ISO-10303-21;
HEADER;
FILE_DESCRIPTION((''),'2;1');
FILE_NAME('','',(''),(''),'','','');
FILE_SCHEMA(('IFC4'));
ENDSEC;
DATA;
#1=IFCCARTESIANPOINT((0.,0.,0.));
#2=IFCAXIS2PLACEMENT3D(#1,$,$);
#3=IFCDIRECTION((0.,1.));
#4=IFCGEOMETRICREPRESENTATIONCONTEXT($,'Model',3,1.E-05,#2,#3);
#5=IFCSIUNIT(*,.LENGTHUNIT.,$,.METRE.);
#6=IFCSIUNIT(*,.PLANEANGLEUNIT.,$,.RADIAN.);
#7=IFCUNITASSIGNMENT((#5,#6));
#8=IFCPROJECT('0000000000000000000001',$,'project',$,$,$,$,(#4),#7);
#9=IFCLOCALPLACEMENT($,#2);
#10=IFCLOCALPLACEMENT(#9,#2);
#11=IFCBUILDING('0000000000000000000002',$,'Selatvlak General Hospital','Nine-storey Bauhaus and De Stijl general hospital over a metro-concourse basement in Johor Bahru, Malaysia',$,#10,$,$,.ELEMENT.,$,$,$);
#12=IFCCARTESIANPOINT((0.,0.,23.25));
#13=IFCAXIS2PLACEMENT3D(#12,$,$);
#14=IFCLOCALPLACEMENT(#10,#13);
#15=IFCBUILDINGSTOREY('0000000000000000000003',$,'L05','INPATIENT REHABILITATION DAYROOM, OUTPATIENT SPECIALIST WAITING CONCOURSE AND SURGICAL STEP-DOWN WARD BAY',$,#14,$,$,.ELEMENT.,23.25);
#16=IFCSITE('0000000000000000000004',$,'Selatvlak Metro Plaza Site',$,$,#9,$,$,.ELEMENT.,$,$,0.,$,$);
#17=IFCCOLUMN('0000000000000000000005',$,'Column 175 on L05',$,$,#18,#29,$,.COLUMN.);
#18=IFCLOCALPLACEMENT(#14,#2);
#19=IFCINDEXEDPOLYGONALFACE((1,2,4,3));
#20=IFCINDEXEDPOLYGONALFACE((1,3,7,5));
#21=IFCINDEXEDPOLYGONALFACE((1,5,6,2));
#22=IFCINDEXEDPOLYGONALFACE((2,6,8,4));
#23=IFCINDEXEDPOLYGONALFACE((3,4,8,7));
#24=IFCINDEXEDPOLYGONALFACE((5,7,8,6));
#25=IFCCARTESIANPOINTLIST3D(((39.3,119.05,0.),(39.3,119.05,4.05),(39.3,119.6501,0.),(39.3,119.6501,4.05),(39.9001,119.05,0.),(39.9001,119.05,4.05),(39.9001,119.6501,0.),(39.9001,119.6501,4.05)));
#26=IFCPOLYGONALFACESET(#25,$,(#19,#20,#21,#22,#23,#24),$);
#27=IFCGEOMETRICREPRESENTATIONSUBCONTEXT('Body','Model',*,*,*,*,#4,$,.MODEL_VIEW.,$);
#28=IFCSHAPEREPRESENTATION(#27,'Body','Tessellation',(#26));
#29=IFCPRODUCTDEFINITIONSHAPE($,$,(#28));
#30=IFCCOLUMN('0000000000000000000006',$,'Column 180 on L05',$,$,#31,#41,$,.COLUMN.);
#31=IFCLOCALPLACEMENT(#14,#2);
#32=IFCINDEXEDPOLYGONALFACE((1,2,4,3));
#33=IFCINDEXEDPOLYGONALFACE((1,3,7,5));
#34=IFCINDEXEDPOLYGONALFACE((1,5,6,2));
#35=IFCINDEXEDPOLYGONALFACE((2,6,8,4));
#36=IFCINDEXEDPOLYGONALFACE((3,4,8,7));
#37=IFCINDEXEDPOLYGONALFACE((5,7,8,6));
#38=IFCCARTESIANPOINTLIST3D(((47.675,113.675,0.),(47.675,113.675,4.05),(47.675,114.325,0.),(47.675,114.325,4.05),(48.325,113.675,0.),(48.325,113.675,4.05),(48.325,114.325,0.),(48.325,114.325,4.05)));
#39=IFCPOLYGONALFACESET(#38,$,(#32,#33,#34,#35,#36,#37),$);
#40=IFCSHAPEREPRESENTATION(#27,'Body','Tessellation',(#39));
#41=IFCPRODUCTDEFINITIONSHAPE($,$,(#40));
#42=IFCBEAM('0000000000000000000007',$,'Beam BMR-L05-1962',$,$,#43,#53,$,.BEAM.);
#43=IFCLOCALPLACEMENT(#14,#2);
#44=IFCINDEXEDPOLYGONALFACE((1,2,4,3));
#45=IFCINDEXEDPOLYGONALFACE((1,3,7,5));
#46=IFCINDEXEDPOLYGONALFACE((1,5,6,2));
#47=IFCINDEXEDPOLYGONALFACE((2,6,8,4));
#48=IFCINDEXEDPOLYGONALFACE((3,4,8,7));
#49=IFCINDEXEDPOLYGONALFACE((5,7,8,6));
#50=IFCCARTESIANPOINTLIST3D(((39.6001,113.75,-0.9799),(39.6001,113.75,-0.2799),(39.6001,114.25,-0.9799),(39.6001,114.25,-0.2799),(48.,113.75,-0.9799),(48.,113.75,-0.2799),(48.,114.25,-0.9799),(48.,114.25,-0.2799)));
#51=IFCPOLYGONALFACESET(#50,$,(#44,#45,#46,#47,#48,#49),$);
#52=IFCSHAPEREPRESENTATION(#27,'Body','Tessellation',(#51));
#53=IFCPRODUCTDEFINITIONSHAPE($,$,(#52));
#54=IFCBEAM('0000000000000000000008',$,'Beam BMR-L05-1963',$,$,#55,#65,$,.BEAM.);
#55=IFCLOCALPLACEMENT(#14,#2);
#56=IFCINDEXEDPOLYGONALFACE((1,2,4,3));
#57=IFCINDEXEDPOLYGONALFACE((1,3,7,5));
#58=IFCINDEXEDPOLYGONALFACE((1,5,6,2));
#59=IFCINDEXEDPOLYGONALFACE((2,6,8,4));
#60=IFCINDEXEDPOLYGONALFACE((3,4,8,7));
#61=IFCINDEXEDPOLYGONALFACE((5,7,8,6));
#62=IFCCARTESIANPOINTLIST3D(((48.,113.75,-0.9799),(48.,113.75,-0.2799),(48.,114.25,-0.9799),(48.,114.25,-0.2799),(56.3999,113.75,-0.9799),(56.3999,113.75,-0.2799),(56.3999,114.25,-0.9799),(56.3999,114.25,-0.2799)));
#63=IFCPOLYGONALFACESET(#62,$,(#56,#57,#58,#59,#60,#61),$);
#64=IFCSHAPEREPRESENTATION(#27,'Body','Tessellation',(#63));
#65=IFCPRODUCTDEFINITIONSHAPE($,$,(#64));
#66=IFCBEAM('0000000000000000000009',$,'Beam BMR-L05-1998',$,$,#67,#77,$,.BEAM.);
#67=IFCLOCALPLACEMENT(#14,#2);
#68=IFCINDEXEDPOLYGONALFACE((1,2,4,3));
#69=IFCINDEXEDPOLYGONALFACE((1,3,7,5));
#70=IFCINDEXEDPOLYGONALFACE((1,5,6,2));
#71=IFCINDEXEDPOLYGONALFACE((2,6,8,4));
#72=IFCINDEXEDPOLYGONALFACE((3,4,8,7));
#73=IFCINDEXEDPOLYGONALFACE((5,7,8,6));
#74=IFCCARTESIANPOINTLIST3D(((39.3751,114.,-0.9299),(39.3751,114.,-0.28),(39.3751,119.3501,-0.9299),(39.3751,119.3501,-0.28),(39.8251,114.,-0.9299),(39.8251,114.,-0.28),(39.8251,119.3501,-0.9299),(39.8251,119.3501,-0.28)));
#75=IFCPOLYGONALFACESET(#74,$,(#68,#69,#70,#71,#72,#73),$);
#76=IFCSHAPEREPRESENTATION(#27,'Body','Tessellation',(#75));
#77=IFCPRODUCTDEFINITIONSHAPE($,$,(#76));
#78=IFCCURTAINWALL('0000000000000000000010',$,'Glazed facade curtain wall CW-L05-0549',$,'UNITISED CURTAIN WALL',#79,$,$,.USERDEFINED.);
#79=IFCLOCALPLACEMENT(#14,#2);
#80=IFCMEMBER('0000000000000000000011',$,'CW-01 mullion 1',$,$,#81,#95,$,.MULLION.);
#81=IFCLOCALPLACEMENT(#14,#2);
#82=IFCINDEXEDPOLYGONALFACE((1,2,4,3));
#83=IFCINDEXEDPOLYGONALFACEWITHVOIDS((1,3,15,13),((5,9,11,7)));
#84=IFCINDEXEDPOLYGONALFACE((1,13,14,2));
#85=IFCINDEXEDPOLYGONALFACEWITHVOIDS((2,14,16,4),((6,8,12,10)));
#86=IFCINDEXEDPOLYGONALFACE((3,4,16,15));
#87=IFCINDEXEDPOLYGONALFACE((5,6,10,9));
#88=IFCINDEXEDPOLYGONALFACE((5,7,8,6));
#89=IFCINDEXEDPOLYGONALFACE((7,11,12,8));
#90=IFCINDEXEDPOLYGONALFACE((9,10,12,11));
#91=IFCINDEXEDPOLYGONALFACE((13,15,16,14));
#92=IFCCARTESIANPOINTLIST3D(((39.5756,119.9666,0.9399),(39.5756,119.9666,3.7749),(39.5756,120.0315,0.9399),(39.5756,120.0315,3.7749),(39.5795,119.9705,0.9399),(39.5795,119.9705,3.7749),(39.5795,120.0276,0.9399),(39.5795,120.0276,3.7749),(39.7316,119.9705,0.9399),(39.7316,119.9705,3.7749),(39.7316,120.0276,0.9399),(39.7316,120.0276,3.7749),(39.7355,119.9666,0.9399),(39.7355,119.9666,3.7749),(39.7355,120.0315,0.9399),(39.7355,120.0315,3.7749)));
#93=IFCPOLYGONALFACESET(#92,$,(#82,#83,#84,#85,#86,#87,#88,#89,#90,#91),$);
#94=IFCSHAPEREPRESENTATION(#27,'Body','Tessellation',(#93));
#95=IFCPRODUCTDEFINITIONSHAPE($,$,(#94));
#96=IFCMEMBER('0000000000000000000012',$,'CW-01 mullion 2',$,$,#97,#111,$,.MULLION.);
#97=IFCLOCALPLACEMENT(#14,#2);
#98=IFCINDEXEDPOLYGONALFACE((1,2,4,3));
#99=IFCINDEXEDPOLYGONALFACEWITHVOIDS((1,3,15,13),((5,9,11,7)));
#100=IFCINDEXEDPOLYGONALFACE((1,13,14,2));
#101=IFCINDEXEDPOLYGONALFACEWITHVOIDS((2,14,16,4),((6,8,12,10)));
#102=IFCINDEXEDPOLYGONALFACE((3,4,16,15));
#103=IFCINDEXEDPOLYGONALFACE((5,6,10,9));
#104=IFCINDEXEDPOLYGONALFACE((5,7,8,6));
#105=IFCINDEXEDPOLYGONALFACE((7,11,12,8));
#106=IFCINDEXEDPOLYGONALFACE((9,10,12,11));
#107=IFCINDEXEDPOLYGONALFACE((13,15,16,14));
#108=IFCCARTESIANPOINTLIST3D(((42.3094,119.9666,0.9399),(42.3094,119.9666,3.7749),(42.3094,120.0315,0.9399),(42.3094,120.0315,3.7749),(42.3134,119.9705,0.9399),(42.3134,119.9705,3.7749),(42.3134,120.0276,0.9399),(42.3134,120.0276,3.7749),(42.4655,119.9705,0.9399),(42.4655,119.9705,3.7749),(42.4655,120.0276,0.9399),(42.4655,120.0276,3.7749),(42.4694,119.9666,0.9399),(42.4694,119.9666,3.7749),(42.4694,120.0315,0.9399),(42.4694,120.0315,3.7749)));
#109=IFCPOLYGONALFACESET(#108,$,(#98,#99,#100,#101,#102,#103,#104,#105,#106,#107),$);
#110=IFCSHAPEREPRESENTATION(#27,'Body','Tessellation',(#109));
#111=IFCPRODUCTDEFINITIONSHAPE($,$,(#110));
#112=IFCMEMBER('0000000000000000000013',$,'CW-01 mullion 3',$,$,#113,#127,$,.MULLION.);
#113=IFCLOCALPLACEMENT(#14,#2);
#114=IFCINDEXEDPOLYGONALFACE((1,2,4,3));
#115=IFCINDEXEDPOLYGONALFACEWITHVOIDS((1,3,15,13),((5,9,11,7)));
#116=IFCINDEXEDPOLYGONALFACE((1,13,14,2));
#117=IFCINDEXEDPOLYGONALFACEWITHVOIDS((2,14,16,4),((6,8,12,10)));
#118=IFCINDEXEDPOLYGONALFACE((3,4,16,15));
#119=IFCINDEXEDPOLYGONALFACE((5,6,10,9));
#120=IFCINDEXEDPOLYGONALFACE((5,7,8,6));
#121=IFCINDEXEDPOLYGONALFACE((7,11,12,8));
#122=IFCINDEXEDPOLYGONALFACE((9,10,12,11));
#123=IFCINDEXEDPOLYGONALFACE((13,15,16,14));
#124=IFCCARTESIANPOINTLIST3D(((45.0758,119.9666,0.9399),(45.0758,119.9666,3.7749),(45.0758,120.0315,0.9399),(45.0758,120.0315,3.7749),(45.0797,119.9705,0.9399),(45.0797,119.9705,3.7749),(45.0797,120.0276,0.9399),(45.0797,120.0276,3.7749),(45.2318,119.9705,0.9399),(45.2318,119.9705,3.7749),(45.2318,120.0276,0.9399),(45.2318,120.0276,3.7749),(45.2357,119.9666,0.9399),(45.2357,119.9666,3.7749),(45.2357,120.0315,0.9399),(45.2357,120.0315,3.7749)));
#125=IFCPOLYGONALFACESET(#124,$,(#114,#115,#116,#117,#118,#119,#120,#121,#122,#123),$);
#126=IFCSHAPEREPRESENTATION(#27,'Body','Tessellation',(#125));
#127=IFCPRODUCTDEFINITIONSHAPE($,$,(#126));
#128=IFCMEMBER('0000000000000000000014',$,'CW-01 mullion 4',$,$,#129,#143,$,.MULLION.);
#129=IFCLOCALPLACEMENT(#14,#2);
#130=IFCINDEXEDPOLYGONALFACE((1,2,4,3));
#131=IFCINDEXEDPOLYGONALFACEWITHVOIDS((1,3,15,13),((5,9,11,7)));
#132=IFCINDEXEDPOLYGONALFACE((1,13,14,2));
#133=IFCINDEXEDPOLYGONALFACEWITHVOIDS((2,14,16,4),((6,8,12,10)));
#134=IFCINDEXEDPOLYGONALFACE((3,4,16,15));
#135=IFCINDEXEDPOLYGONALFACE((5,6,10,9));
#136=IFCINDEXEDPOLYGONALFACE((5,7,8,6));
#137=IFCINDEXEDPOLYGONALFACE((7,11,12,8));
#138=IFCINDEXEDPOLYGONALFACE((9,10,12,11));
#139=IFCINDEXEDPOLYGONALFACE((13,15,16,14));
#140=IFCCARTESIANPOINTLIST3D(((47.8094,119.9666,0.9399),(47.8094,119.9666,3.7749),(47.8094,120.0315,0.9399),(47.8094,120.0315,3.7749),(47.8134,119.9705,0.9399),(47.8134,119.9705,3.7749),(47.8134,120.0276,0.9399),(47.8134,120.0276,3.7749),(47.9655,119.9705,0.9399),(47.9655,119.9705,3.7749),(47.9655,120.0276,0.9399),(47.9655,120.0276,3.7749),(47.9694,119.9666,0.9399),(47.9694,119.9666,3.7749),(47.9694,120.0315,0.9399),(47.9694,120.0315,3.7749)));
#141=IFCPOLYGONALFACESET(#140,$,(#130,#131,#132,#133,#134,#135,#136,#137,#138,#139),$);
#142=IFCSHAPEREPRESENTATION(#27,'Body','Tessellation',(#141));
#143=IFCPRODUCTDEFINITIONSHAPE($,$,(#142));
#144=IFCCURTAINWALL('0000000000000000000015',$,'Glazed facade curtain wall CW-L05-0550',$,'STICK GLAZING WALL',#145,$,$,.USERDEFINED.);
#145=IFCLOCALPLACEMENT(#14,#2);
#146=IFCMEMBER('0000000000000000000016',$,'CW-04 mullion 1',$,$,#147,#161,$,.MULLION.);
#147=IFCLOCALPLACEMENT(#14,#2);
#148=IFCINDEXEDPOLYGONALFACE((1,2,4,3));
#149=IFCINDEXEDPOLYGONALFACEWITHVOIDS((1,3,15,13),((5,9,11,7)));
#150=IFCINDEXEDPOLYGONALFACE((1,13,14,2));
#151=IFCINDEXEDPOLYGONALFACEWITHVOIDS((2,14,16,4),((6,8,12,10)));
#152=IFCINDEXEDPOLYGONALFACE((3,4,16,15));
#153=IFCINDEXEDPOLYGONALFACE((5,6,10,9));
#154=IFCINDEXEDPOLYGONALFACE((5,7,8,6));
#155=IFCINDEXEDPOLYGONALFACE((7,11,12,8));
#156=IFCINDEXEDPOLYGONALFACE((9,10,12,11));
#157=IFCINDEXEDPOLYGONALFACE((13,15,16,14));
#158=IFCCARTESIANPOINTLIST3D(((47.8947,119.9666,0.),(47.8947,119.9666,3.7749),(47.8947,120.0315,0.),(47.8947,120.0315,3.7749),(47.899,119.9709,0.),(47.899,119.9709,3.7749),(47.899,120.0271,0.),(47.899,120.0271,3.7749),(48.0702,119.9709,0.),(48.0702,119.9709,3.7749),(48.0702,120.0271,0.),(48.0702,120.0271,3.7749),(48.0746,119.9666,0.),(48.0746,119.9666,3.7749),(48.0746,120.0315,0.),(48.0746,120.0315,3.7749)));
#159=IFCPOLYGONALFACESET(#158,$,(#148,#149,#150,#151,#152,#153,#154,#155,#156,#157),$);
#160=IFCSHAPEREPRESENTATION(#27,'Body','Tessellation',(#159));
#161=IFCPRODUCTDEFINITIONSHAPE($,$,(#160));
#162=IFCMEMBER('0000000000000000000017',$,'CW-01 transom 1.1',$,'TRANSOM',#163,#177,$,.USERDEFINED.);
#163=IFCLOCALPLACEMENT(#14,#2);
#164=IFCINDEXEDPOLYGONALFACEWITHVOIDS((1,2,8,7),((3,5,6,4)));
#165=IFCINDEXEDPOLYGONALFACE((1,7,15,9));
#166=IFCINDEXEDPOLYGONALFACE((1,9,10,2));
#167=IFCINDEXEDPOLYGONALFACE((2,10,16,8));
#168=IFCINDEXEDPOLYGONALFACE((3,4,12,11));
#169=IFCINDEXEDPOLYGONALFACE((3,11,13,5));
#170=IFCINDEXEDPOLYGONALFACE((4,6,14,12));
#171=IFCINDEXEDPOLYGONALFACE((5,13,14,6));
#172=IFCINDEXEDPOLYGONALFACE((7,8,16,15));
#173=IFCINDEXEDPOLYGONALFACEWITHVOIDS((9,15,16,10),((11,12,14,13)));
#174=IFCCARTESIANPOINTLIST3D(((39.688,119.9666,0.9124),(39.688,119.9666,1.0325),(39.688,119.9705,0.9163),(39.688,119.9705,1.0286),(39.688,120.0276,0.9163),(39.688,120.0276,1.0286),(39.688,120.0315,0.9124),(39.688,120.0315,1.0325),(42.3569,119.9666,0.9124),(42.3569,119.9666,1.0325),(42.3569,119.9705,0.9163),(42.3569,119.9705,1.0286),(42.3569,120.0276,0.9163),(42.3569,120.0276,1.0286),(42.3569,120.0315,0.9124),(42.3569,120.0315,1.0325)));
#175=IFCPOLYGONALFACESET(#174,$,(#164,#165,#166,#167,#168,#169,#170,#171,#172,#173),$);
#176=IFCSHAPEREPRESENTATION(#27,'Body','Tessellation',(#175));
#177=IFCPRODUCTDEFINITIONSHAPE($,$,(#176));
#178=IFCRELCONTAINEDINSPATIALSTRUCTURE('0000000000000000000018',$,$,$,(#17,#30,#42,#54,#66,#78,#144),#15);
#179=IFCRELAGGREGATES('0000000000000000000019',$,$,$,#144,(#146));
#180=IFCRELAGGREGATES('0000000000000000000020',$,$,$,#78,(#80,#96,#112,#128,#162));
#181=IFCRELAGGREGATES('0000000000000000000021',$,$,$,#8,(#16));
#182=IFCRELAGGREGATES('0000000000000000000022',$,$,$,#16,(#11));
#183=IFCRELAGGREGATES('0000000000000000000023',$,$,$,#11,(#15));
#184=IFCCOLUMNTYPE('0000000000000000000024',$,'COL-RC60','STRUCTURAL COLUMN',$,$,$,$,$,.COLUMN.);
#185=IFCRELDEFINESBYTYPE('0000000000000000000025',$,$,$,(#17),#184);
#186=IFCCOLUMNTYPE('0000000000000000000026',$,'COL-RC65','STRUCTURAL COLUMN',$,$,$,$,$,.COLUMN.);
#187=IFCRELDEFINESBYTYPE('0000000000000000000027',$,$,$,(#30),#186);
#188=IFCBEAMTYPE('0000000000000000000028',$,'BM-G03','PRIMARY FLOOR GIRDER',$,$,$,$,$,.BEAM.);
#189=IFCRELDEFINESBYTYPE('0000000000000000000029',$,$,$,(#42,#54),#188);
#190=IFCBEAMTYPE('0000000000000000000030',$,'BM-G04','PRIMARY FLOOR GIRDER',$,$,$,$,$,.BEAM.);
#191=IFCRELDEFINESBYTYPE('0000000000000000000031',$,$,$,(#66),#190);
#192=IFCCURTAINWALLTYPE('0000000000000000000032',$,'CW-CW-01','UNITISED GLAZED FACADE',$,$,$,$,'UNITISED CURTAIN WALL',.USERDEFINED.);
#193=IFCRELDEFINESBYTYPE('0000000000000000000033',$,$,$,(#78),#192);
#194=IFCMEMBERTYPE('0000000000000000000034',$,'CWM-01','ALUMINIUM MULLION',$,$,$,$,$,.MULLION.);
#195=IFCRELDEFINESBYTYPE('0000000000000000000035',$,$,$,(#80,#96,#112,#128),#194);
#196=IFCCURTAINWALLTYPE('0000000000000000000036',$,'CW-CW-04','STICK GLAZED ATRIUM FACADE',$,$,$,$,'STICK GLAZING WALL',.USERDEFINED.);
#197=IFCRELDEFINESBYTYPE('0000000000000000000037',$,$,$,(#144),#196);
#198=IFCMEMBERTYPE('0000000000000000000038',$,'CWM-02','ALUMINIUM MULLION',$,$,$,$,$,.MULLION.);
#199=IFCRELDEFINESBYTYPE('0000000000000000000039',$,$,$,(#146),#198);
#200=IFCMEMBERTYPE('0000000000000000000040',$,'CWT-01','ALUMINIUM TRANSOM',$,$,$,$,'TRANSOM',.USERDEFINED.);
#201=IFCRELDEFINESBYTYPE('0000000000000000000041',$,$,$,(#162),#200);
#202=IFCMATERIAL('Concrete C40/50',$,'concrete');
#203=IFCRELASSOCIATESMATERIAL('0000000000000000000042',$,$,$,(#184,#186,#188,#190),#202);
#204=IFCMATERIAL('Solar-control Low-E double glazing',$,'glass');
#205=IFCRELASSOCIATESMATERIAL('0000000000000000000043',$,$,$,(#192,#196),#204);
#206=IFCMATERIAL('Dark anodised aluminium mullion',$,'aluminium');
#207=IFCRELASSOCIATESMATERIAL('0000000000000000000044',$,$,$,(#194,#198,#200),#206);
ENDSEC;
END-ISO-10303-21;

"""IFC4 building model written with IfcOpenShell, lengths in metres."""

from ifc_helpers import new_model, si_unit, direction, frame, origin, origin_2d, place, context, subcontext, project, spatial, rectangle, hollow_rectangle, extrude, material, material_profile, profile_set, type_object, element, aggregate, save


model = new_model("IFC4")

# Units and contexts
model_context = context("Model", 3, precision=1e-05, world=origin(), true_north=direction((0.0, 1.0)))
body_context = subcontext(model_context, "Body", "Model", "MODEL_VIEW")
ifc_project = project(units=[si_unit("LENGTHUNIT", "METRE"), si_unit("PLANEANGLEUNIT", "RADIAN")], contexts=[model_context])

# Site, building, storey
site_placement = place(None, origin())
site = spatial("IfcSite", under=ifc_project, at=site_placement, Name="Selatvlak Metro Plaza Site", CompositionType="ELEMENT", RefElevation=0.0)
building_placement = place(site_placement, origin())
building = spatial("IfcBuilding", under=site, at=building_placement, Name="Selatvlak General Hospital", Description="Nine-storey Bauhaus and De Stijl general hospital over a metro-concourse basement in Johor Bahru, Malaysia", CompositionType="ELEMENT")
storey_placement = place(building_placement, frame((0.0, 0.0, 23.25)))
storey = spatial("IfcBuildingStorey", under=building, at=storey_placement, Name="L05", Description="INPATIENT REHABILITATION DAYROOM, OUTPATIENT SPECIALIST WAITING CONCOURSE AND SURGICAL STEP-DOWN WARD BAY", CompositionType="ELEMENT", Elevation=23.25)

# Columns
ifc_material_1 = material(Name="Concrete C40/50", Category="concrete")
ifc_material_profile_1 = material_profile(ifc_material_1, rectangle(XDim=0.6001, YDim=0.6001, at=origin_2d()), Name="RC-COL 600x600")
ifc_profile_set_1 = profile_set([ifc_material_profile_1], Name="Concrete C40/50")
column_type_1 = type_object("IfcColumnType", Name="COL-RC60", Description="STRUCTURAL COLUMN", PredefinedType="COLUMN", material=ifc_profile_set_1)
column_1_placement = place(storey_placement, frame((39.6001, 119.3501, 0.0), z_axis=(0.0, 0.0, 1.0), x_axis=(1.0, 0.0, 0.0)))
element("IfcColumn", 1, at=column_1_placement, inside=storey, type_object=column_type_1, Name="Column 175 on L05", PredefinedType="COLUMN", context=body_context, shape_type="SweptSolid", body=[
    extrude(rectangle(XDim=0.6001, YDim=0.6001, at=origin_2d()), origin(), (0.0, 0.0, 1.0), 4.05),
])
ifc_material_profile_2 = material_profile(ifc_material_1, rectangle(XDim=0.6499, YDim=0.6499, at=origin_2d()), Name="RC-COL 650x650")
ifc_profile_set_2 = profile_set([ifc_material_profile_2], Name="Concrete C40/50")
column_type_2 = type_object("IfcColumnType", Name="COL-RC65", Description="STRUCTURAL COLUMN", PredefinedType="COLUMN", material=ifc_profile_set_2)
column_2_placement = place(storey_placement, frame((48.0, 114.0, 0.0), z_axis=(0.0, 0.0, 1.0), x_axis=(1.0, 0.0, 0.0)))
element("IfcColumn", 2, at=column_2_placement, inside=storey, type_object=column_type_2, Name="Column 180 on L05", PredefinedType="COLUMN", context=body_context, shape_type="SweptSolid", body=[
    extrude(rectangle(XDim=0.6499, YDim=0.6499, at=origin_2d()), origin(), (0.0, 0.0, 1.0), 4.05),
])

# Beams
ifc_material_profile_3 = material_profile(ifc_material_1, rectangle(XDim=0.5, YDim=0.7, at=origin_2d()), Name="RC-BM 500x700")
ifc_profile_set_3 = profile_set([ifc_material_profile_3], Name="Concrete C40/50")
beam_type_1 = type_object("IfcBeamType", Name="BM-G03", Description="PRIMARY FLOOR GIRDER", PredefinedType="BEAM", material=ifc_profile_set_3)
for number, where, z_axis, x_axis, name in (
    (3, (39.6001, 114.0, -0.6299), (1.0, 0.0, 0.0), (0.0, 1.0, 0.0), "Beam BMR-L05-1962"),
    (4, (48.0, 114.0, -0.6299), (1.0, 0.0, 0.0), (0.0, 1.0, 0.0), "Beam BMR-L05-1963"),
):
    element("IfcBeam", number, at=place(storey_placement, frame(where, z_axis=z_axis, x_axis=x_axis)), inside=storey, type_object=beam_type_1, Name=name, PredefinedType="BEAM", context=body_context, shape_type="SweptSolid", body=[
        extrude(rectangle(XDim=0.5, YDim=0.7, at=origin_2d()), origin(), (0.0, 0.0, 1.0), 8.3999),
    ])
ifc_material_profile_4 = material_profile(ifc_material_1, rectangle(XDim=0.45, YDim=0.6499, at=origin_2d()), Name="RC-BM 450x650")
ifc_profile_set_4 = profile_set([ifc_material_profile_4], Name="Concrete C40/50")
beam_type_2 = type_object("IfcBeamType", Name="BM-G04", Description="PRIMARY FLOOR GIRDER", PredefinedType="BEAM", material=ifc_profile_set_4)
beam_placement = place(storey_placement, frame((39.6001, 114.0, -0.605), z_axis=(0.0, 1.0, 0.0), x_axis=(-1.0, 0.0, 0.0)))
element("IfcBeam", 5, at=beam_placement, inside=storey, type_object=beam_type_2, Name="Beam BMR-L05-1998", PredefinedType="BEAM", context=body_context, shape_type="SweptSolid", body=[
    extrude(rectangle(XDim=0.45, YDim=0.6499, at=origin_2d()), origin(), (0.0, 0.0, 1.0), 5.3501),
])

# Curtain wall, members
ifc_material_2 = material(Name="Solar-control Low-E double glazing", Category="glass")
curtain_wall_type_1 = type_object("IfcCurtainWallType", Name="CW-CW-01", Description="UNITISED GLAZED FACADE", ElementType="UNITISED CURTAIN WALL", PredefinedType="USERDEFINED", material=ifc_material_2)
curtain_wall_1_placement = place(storey_placement, origin())
curtain_wall_1 = element("IfcCurtainWall", 6, at=curtain_wall_1_placement, inside=storey, type_object=curtain_wall_type_1, Name="Glazed facade curtain wall CW-L05-0549", ObjectType="UNITISED CURTAIN WALL", PredefinedType="USERDEFINED")
ifc_material_3 = material(Name="Dark anodised aluminium mullion", Category="aluminium")
ifc_material_profile_5 = material_profile(ifc_material_3, hollow_rectangle(XDim=0.0649, YDim=0.1599, WallThickness=0.0039, at=origin_2d()), Name="AL-MUL 65x160x4")
ifc_profile_set_5 = profile_set([ifc_material_profile_5], Name="Dark anodised aluminium mullion")
member_type_1 = type_object("IfcMemberType", Name="CWM-01", Description="ALUMINIUM MULLION", PredefinedType="MULLION", material=ifc_profile_set_5)
member_1_placement = place(storey_placement, frame((39.6555, 119.999, 0.9399), z_axis=(0.0, 0.0, 1.0), x_axis=(0.0, 1.0, 0.0)))
member_1 = element("IfcMember", 7, at=member_1_placement, type_object=member_type_1, Name="CW-01 mullion 1", PredefinedType="MULLION", context=body_context, shape_type="SweptSolid", body=[
    extrude(hollow_rectangle(XDim=0.0649, YDim=0.1599, WallThickness=0.0039, at=origin_2d()), origin(), (0.0, 0.0, 1.0), 2.835),
])
member_2_placement = place(storey_placement, frame((42.3894, 119.999, 0.9399), z_axis=(0.0, 0.0, 1.0), x_axis=(0.0, 1.0, 0.0)))
member_2 = element("IfcMember", 8, at=member_2_placement, type_object=member_type_1, Name="CW-01 mullion 2", PredefinedType="MULLION", context=body_context, shape_type="SweptSolid", body=[
    extrude(hollow_rectangle(XDim=0.0649, YDim=0.1599, WallThickness=0.0039, at=origin_2d()), origin(), (0.0, 0.0, 1.0), 2.835),
])
member_3_placement = place(storey_placement, frame((45.1558, 119.999, 0.9399), z_axis=(0.0, 0.0, 1.0), x_axis=(0.0, 1.0, 0.0)))
member_3 = element("IfcMember", 9, at=member_3_placement, type_object=member_type_1, Name="CW-01 mullion 3", PredefinedType="MULLION", context=body_context, shape_type="SweptSolid", body=[
    extrude(hollow_rectangle(XDim=0.0649, YDim=0.1599, WallThickness=0.0039, at=origin_2d()), origin(), (0.0, 0.0, 1.0), 2.835),
])
member_4_placement = place(storey_placement, frame((47.8894, 119.999, 0.9399), z_axis=(0.0, 0.0, 1.0), x_axis=(0.0, 1.0, 0.0)))
member_4 = element("IfcMember", 10, at=member_4_placement, type_object=member_type_1, Name="CW-01 mullion 4", PredefinedType="MULLION", context=body_context, shape_type="SweptSolid", body=[
    extrude(hollow_rectangle(XDim=0.0649, YDim=0.1599, WallThickness=0.0039, at=origin_2d()), origin(), (0.0, 0.0, 1.0), 2.835),
])

# Curtain wall, member
curtain_wall_type_2 = type_object("IfcCurtainWallType", Name="CW-CW-04", Description="STICK GLAZED ATRIUM FACADE", ElementType="STICK GLAZING WALL", PredefinedType="USERDEFINED", material=ifc_material_2)
curtain_wall_2_placement = place(storey_placement, origin())
curtain_wall_2 = element("IfcCurtainWall", 11, at=curtain_wall_2_placement, inside=storey, type_object=curtain_wall_type_2, Name="Glazed facade curtain wall CW-L05-0550", ObjectType="STICK GLAZING WALL", PredefinedType="USERDEFINED")
ifc_material_profile_6 = material_profile(ifc_material_3, hollow_rectangle(XDim=0.0649, YDim=0.1799, WallThickness=0.0044, at=origin_2d()), Name="AL-MUL 65x180x4.5")
ifc_profile_set_6 = profile_set([ifc_material_profile_6], Name="Dark anodised aluminium mullion")
member_type_2 = type_object("IfcMemberType", Name="CWM-02", Description="ALUMINIUM MULLION", PredefinedType="MULLION", material=ifc_profile_set_6)
member_5_placement = place(storey_placement, frame((47.9846, 119.999, 0.0), z_axis=(0.0, 0.0, 1.0), x_axis=(0.0, 1.0, 0.0)))
member_5 = element("IfcMember", 12, at=member_5_placement, type_object=member_type_2, Name="CW-04 mullion 1", PredefinedType="MULLION", context=body_context, shape_type="SweptSolid", body=[
    extrude(hollow_rectangle(XDim=0.0649, YDim=0.1799, WallThickness=0.0044, at=origin_2d()), origin(), (0.0, 0.0, 1.0), 3.7749),
])

# Member
ifc_material_profile_7 = material_profile(ifc_material_3, hollow_rectangle(XDim=0.0649, YDim=0.1201, WallThickness=0.0039, at=origin_2d()), Name="AL-TRN 65x120x4")
ifc_profile_set_7 = profile_set([ifc_material_profile_7], Name="Dark anodised aluminium mullion")
member_type_3 = type_object("IfcMemberType", Name="CWT-01", Description="ALUMINIUM TRANSOM", ElementType="TRANSOM", PredefinedType="USERDEFINED", material=ifc_profile_set_7)
member_6_placement = place(storey_placement, frame((39.688, 119.999, 0.9724), z_axis=(1.0, 0.0, 0.0), x_axis=(0.0, 1.0, 0.0)))
member_6 = element("IfcMember", 13, at=member_6_placement, type_object=member_type_3, Name="CW-01 transom 1.1", ObjectType="TRANSOM", PredefinedType="USERDEFINED", context=body_context, shape_type="SweptSolid", body=[
    extrude(hollow_rectangle(XDim=0.0649, YDim=0.1201, WallThickness=0.0039, at=origin_2d()), origin(), (0.0, 0.0, 1.0), 2.6689),
])
aggregate(curtain_wall_2, [member_5])

aggregate(curtain_wall_1, [member_1, member_2, member_3, member_4, member_6])

save(model, "model.ifc")
